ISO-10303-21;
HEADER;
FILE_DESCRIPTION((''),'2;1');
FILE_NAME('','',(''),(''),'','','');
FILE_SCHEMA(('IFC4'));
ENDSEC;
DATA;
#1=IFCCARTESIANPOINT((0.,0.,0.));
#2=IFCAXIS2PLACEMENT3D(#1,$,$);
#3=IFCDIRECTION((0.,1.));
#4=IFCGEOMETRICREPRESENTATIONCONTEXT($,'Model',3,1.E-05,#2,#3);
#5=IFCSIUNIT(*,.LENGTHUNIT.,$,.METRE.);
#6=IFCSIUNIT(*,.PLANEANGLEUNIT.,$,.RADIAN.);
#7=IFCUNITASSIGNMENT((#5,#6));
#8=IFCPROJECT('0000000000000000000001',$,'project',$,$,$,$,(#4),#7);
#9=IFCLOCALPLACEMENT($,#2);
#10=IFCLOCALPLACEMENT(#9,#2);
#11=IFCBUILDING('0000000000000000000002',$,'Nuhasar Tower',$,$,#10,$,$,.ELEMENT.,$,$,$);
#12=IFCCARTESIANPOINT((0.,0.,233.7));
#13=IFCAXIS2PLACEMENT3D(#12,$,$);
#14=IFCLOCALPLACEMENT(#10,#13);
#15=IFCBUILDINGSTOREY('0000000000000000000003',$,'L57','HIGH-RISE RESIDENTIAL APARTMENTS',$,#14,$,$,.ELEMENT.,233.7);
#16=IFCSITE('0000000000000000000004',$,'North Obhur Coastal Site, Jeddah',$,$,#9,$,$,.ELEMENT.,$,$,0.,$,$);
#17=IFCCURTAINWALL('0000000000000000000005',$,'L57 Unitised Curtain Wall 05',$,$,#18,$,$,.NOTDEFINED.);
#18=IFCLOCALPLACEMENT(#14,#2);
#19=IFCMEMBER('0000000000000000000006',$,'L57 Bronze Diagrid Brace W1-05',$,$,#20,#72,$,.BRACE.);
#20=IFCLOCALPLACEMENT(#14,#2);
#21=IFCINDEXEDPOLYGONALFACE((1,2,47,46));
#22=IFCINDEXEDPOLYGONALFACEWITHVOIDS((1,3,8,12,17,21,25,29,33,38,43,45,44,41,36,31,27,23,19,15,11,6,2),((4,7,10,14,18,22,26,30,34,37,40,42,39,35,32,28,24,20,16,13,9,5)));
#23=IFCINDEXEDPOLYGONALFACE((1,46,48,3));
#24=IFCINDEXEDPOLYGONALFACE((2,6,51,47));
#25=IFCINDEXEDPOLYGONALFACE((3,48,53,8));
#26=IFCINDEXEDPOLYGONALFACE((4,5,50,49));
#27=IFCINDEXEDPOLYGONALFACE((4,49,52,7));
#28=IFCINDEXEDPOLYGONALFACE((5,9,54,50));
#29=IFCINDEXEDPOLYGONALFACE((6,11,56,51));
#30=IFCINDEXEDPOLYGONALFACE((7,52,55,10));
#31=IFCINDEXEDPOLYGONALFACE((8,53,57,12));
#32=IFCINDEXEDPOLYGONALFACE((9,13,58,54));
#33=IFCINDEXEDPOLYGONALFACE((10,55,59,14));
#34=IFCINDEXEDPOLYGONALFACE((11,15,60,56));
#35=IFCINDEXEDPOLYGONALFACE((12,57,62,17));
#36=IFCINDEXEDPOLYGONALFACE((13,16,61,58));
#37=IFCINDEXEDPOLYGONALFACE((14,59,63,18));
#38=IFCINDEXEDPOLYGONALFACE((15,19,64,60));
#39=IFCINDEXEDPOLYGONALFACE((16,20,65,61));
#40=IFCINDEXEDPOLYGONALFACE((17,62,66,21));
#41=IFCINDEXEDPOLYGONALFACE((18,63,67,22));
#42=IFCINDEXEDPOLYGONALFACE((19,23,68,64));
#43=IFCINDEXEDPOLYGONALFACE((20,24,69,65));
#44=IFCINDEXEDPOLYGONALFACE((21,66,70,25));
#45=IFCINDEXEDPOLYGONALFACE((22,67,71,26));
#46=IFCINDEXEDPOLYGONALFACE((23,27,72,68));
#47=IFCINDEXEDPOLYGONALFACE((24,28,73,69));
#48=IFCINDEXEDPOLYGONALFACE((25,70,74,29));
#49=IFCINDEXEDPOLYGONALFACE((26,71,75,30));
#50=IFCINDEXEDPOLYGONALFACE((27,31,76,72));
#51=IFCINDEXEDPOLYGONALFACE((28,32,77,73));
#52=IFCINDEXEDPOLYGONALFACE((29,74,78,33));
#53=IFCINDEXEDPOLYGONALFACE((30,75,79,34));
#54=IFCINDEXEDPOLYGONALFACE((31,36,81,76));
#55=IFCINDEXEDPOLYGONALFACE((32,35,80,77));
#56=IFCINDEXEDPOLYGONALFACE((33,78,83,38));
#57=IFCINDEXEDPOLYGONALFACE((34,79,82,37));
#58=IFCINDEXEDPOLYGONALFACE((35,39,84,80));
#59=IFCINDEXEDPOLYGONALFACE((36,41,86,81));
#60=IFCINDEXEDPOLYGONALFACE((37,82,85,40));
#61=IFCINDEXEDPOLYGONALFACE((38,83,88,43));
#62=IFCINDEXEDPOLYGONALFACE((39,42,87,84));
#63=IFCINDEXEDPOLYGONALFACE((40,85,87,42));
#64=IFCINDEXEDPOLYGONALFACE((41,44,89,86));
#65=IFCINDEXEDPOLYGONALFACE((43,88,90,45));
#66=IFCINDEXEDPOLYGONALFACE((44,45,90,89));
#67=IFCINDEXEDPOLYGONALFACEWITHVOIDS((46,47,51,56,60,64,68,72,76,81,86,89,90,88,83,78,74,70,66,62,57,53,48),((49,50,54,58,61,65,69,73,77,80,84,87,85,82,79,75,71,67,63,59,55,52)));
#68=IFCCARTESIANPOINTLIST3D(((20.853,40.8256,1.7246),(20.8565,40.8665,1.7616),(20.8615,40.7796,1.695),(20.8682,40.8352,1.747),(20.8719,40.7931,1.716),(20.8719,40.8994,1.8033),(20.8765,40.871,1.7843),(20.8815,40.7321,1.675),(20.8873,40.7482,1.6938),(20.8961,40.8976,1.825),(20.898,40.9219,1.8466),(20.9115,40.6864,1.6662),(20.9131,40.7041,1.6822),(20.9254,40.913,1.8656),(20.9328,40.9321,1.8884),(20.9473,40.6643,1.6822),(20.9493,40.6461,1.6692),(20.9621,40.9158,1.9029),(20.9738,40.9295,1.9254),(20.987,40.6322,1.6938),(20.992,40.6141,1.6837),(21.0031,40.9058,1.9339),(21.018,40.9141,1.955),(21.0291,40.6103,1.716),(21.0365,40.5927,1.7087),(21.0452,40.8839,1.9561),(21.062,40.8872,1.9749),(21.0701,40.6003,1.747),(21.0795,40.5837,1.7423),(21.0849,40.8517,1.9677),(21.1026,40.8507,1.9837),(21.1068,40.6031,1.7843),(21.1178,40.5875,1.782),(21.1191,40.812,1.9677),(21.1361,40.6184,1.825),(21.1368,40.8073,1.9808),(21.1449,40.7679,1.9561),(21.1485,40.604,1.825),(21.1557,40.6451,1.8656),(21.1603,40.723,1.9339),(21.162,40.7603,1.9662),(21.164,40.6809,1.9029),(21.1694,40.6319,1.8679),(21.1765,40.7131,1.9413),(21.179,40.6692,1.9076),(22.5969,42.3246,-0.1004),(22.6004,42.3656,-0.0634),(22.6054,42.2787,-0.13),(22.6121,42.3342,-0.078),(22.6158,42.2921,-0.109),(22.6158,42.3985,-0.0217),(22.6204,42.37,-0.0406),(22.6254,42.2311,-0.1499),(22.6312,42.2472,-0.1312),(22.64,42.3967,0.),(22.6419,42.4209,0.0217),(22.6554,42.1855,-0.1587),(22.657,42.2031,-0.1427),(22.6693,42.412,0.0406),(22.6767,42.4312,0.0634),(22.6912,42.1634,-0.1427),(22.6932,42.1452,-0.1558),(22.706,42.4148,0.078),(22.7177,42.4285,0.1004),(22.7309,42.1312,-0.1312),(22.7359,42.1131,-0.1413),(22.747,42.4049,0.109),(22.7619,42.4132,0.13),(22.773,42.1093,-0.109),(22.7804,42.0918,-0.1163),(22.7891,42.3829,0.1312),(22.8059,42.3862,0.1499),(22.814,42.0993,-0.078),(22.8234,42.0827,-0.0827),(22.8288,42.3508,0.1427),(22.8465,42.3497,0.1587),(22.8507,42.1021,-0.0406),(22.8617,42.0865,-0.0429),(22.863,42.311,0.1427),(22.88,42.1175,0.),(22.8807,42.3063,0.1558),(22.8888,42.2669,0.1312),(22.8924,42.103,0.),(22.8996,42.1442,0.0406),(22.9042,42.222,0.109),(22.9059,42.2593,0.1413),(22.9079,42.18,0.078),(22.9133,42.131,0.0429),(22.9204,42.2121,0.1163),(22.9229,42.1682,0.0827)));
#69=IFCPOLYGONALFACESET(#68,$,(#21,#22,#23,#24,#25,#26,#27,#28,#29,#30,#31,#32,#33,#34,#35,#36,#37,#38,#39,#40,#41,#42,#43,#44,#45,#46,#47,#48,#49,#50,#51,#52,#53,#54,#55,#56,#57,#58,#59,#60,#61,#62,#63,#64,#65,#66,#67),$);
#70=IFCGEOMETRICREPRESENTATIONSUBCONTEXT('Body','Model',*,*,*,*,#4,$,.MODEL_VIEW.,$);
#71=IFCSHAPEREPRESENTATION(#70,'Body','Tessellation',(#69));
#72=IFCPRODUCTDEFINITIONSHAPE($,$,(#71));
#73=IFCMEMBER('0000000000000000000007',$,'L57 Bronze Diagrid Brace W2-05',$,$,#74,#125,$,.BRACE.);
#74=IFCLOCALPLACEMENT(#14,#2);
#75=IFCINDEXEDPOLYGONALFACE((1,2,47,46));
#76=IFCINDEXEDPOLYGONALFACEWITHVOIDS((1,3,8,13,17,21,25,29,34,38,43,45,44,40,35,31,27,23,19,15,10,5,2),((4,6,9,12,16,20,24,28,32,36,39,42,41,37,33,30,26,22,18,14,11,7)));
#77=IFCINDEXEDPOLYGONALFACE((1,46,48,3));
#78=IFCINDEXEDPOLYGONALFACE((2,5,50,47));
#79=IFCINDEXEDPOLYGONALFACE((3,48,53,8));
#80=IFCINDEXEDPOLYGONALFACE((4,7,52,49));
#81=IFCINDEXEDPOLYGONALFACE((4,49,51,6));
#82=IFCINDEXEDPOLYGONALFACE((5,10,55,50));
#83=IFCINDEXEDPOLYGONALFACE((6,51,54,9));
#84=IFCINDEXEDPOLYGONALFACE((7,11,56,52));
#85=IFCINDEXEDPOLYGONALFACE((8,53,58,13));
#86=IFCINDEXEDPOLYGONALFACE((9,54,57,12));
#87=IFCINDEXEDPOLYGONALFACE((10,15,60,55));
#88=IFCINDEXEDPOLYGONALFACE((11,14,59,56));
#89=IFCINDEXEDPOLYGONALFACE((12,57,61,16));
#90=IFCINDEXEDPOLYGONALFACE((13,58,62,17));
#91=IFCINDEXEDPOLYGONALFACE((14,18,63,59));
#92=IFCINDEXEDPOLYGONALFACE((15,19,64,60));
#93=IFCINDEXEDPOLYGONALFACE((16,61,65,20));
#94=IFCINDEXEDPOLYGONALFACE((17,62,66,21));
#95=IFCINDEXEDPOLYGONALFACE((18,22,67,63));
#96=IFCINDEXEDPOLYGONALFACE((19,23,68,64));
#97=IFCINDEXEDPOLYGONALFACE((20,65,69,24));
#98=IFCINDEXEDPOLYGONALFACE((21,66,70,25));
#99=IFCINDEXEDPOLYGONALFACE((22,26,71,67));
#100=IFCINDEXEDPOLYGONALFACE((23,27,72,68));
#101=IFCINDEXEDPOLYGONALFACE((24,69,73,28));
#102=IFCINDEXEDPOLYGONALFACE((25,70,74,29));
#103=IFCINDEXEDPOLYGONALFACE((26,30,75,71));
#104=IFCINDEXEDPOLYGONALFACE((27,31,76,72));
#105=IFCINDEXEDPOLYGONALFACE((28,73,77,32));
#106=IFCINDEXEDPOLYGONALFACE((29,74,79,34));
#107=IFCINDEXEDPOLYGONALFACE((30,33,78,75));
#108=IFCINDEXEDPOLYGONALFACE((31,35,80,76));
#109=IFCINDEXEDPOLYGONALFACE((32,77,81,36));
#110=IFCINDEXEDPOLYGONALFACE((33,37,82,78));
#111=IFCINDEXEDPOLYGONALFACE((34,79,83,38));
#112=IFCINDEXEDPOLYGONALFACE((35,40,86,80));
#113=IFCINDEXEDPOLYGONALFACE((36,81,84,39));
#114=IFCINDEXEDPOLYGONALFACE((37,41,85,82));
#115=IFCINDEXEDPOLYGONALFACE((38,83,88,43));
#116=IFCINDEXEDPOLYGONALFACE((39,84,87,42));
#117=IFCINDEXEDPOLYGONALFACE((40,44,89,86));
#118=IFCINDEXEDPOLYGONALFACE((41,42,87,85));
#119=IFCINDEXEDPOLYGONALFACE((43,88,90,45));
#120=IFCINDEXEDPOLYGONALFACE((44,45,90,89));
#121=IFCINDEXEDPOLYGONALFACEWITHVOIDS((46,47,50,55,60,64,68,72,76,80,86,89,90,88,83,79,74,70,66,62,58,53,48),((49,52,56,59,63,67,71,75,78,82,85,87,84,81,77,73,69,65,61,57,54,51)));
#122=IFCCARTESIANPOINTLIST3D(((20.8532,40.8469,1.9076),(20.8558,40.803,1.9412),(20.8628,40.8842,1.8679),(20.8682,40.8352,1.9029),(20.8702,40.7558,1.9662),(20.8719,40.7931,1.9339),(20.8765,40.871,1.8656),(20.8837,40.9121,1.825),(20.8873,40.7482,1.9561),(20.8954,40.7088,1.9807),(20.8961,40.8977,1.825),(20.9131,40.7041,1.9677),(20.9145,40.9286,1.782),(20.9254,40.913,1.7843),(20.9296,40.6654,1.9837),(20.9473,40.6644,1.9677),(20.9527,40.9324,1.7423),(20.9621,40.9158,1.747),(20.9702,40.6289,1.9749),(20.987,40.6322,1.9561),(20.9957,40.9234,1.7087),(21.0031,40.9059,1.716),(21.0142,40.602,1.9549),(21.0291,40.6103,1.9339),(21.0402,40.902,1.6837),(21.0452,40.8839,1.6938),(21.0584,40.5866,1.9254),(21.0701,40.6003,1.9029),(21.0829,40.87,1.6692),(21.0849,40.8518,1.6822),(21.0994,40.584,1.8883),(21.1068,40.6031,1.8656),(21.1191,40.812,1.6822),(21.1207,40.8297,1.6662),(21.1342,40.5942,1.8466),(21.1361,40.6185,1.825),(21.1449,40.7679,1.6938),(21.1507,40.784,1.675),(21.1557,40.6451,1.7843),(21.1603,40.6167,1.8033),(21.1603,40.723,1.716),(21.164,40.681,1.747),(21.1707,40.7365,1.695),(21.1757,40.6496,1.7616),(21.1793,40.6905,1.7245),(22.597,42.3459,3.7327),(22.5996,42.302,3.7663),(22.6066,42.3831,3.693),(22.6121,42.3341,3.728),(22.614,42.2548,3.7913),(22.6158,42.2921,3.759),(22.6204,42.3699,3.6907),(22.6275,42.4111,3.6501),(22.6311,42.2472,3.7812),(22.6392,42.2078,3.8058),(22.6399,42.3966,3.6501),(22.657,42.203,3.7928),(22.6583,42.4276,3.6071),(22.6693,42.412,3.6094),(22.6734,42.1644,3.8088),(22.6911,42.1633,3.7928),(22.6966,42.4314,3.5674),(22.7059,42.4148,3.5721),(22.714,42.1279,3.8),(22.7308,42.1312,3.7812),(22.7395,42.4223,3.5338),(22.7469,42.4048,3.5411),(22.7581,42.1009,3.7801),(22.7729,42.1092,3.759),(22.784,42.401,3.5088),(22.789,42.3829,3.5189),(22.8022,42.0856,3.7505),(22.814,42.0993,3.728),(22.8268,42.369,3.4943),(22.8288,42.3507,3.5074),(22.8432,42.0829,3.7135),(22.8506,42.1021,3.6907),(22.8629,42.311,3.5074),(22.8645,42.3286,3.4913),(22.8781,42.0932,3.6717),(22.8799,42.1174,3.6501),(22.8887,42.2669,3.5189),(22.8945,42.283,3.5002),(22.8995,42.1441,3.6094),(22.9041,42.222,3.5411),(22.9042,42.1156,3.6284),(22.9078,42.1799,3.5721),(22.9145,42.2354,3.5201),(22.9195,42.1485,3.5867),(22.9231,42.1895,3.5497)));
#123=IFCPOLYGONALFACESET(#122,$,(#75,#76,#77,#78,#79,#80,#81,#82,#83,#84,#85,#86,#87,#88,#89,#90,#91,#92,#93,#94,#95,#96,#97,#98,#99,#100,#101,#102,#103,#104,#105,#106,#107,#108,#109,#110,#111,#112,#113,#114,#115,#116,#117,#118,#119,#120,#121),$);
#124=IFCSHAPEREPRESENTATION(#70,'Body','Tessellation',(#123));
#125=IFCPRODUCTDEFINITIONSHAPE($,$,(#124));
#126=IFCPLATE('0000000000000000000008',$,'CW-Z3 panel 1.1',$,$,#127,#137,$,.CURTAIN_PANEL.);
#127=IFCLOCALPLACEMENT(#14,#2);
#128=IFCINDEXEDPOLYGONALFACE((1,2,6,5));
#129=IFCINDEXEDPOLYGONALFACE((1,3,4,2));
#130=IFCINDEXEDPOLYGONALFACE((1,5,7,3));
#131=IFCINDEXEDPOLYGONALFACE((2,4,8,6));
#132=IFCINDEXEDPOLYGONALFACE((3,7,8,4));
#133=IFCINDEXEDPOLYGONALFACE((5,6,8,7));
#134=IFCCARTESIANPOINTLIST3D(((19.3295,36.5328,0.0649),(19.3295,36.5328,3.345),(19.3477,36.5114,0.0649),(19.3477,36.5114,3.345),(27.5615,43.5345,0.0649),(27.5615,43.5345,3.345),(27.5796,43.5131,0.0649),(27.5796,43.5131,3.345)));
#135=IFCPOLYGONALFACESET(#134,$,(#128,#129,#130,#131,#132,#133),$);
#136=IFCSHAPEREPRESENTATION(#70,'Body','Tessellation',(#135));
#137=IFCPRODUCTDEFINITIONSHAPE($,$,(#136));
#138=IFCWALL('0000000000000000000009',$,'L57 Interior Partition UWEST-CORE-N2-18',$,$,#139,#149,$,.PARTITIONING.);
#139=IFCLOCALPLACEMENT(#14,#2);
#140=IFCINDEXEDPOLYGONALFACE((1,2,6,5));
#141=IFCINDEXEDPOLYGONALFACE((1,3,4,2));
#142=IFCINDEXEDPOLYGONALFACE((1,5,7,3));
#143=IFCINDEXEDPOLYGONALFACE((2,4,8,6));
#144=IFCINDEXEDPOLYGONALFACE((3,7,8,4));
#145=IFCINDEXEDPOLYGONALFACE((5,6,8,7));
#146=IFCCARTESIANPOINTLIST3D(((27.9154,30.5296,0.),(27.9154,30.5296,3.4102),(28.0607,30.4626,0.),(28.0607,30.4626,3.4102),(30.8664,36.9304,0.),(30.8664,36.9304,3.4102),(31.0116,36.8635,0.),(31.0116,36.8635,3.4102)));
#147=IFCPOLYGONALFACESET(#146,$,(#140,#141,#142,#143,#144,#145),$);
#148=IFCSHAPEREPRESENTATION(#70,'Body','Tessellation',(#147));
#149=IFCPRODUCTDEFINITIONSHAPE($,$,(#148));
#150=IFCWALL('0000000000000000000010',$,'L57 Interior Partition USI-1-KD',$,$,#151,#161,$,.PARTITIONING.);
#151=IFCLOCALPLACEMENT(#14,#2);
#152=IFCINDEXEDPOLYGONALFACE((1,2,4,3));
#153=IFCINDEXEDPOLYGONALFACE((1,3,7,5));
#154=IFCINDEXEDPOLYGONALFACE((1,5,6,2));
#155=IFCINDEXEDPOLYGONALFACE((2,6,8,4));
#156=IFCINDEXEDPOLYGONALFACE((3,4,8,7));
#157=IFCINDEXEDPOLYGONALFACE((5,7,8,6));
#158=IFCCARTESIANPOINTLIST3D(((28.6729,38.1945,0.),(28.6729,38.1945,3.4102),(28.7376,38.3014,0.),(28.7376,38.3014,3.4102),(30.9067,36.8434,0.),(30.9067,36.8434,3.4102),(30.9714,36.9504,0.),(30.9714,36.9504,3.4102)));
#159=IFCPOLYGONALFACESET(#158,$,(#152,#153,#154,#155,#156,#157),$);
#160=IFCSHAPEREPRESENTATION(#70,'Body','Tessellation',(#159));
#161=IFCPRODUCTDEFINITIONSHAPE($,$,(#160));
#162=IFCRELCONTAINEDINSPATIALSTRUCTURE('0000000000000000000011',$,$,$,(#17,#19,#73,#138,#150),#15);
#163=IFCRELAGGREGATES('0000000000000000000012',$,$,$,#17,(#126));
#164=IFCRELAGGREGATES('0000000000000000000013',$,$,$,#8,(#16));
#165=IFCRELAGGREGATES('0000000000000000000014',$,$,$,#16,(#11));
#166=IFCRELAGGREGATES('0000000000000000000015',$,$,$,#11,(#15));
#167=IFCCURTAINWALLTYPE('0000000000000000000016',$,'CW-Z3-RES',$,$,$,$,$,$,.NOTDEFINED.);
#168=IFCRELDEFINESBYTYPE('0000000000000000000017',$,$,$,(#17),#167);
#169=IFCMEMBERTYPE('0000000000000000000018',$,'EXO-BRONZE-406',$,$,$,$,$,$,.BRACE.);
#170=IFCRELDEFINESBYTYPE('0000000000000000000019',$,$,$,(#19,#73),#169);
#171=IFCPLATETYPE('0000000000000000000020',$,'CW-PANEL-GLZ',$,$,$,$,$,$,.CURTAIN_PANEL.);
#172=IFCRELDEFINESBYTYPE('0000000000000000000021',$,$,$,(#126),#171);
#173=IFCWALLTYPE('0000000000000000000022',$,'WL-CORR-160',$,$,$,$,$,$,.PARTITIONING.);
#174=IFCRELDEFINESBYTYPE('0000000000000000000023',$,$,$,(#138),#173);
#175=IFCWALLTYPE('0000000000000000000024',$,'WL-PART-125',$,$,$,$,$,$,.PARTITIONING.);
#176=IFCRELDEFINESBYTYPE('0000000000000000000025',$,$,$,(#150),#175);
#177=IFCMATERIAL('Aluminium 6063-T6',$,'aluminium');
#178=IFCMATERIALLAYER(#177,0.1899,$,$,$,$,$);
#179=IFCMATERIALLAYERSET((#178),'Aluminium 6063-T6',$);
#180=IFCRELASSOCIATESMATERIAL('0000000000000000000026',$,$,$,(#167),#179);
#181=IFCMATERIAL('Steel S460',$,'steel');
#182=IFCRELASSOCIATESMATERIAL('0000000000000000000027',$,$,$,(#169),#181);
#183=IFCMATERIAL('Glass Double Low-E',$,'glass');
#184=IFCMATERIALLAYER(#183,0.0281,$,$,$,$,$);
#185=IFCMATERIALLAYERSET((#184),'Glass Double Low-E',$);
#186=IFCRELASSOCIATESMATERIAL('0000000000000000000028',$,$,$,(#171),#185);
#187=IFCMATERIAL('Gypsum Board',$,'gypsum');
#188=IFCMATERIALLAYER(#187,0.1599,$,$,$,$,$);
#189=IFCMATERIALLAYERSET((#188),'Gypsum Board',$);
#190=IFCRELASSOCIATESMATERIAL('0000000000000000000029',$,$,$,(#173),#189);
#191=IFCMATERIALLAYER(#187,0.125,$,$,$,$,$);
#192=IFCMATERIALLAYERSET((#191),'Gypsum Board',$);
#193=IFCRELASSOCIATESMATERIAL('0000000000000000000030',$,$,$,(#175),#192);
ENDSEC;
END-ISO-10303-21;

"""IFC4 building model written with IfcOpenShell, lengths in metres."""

from ifc_helpers import new_model, si_unit, direction, frame, frame_2d, origin, origin_2d, place, context, subcontext, project, spatial, rectangle, hollow_circle, extrude, material, layer, layer_set, material_profile, profile_set, type_object, element, aggregate, save


model = new_model("IFC4")

# Units and contexts
model_context = context("Model", 3, precision=1e-05, world=origin(), true_north=direction((0.0, 1.0)))
body_context = subcontext(model_context, "Body", "Model", "MODEL_VIEW")
ifc_project = project(units=[si_unit("LENGTHUNIT", "METRE"), si_unit("PLANEANGLEUNIT", "RADIAN")], contexts=[model_context])

# Site, building, storey
site_placement = place(None, origin())
site = spatial("IfcSite", under=ifc_project, at=site_placement, Name="North Obhur Coastal Site, Jeddah", CompositionType="ELEMENT", RefElevation=0.0)
building_placement = place(site_placement, origin())
building = spatial("IfcBuilding", under=site, at=building_placement, Name="Nuhasar Tower", CompositionType="ELEMENT")
storey_placement = place(building_placement, frame((0.0, 0.0, 233.7)))
storey = spatial("IfcBuildingStorey", under=building, at=storey_placement, Name="L57", Description="HIGH-RISE RESIDENTIAL APARTMENTS", CompositionType="ELEMENT", Elevation=233.7)

# Shared definitions
ifc_material_1 = material(Name="Aluminium 6063-T6", Category="aluminium")
ifc_layer_1 = layer(ifc_material_1, 0.1899)
ifc_layer_set_1 = layer_set([ifc_layer_1], Name="Aluminium 6063-T6")
curtain_wall_type = type_object("IfcCurtainWallType", Name="CW-Z3-RES", PredefinedType="NOTDEFINED", material=ifc_layer_set_1)

# Curtain wall
curtain_wall_1_placement = place(storey_placement, origin())
curtain_wall_1 = element("IfcCurtainWall", 1, at=curtain_wall_1_placement, inside=storey, type_object=curtain_wall_type, Name="L57 Unitised Curtain Wall 05", PredefinedType="NOTDEFINED")

# Members
ifc_material_2 = material(Name="Steel S460", Category="steel")
ifc_material_profile_1 = material_profile(ifc_material_2, hollow_circle(Radius=0.2031, WallThickness=0.019, at=origin_2d()), Name="HSS406.4X19.1")
ifc_profile_set_1 = profile_set([ifc_material_profile_1], Name="Steel S460")
member_type_1 = type_object("IfcMemberType", Name="EXO-BRONZE-406", PredefinedType="BRACE", material=ifc_profile_set_1)
for number, where, z_axis, x_axis, name in (
    (2, (22.76, 42.2571, 0.0), (-0.594019, -0.510608, 0.621628), (0.651857, -0.758342, 0.0), "L57 Bronze Diagrid Brace W1-05"),
    (3, (21.0161, 40.7581, 1.825), (0.593988, 0.510582, 0.621679), (-0.651857, 0.758342, 0.0), "L57 Bronze Diagrid Brace W2-05"),
):
    element("IfcMember", number, at=place(storey_placement, frame(where, z_axis=z_axis, x_axis=x_axis)), inside=storey, type_object=member_type_1, Name=name, PredefinedType="BRACE", context=body_context, shape_type="SweptSolid", body=[
        extrude(hollow_circle(Radius=0.2031, WallThickness=0.019, at=origin_2d()), origin(), (0.0, 0.0, 1.0), 2.9358),
    ])

# Plate
ifc_material_3 = material(Name="Glass Double Low-E", Category="glass")
ifc_layer_2 = layer(ifc_material_3, 0.0281)
ifc_layer_set_2 = layer_set([ifc_layer_2], Name="Glass Double Low-E")
plate_type = type_object("IfcPlateType", Name="CW-PANEL-GLZ", PredefinedType="CURTAIN_PANEL", material=ifc_layer_set_2)
plate_placement = place(storey_placement, frame((23.4546, 40.0229, 0.0649), z_axis=(0.0, 0.0, 1.0), x_axis=(-0.761729, -0.647895, 0.0)))
plate = element("IfcPlate", 4, at=plate_placement, type_object=plate_type, Name="CW-Z3 panel 1.1", PredefinedType="CURTAIN_PANEL", context=body_context, shape_type="SweptSolid", body=[
    extrude(rectangle(XDim=10.8069, YDim=0.0281, at=origin_2d()), origin(), (0.0, 0.0, 1.0), 3.28),
])
aggregate(curtain_wall_1, [plate])

# Walls
ifc_material_4 = material(Name="Gypsum Board", Category="gypsum")
ifc_layer_3 = layer(ifc_material_4, 0.1599)
ifc_layer_set_3 = layer_set([ifc_layer_3], Name="Gypsum Board")
wall_type_1 = type_object("IfcWallType", Name="WL-CORR-160", PredefinedType="PARTITIONING", material=ifc_layer_set_3)
wall_1_placement = place(storey_placement, frame((30.939, 36.897, 0.0), z_axis=(0.0, 0.0, 1.0), x_axis=(-0.418669, -0.908139, 0.0)))
element("IfcWall", 5, at=wall_1_placement, inside=storey, type_object=wall_type_1, Name="L57 Interior Partition UWEST-CORE-N2-18", PredefinedType="PARTITIONING", context=body_context, shape_type="SweptSolid", body=[
    extrude(rectangle(XDim=7.0483, YDim=0.1599, at=frame_2d((3.5242, 0.0))), origin(), (0.0, 0.0, 1.0), 3.4102),
])
ifc_layer_4 = layer(ifc_material_4, 0.125)
ifc_layer_set_4 = layer_set([ifc_layer_4], Name="Gypsum Board")
wall_type_2 = type_object("IfcWallType", Name="WL-PART-125", PredefinedType="PARTITIONING", material=ifc_layer_set_4)
wall_2_placement = place(storey_placement, frame((30.939, 36.897, 0.0), z_axis=(0.0, 0.0, 1.0), x_axis=(-0.855672, 0.517518, 0.0)))
element("IfcWall", 6, at=wall_2_placement, inside=storey, type_object=wall_type_2, Name="L57 Interior Partition USI-1-KD", PredefinedType="PARTITIONING", context=body_context, shape_type="SweptSolid", body=[
    extrude(rectangle(XDim=2.6106, YDim=0.125, at=frame_2d((1.3052, 0.0))), origin(), (0.0, 0.0, 1.0), 3.4102),
])

save(model, "model.ifc")
